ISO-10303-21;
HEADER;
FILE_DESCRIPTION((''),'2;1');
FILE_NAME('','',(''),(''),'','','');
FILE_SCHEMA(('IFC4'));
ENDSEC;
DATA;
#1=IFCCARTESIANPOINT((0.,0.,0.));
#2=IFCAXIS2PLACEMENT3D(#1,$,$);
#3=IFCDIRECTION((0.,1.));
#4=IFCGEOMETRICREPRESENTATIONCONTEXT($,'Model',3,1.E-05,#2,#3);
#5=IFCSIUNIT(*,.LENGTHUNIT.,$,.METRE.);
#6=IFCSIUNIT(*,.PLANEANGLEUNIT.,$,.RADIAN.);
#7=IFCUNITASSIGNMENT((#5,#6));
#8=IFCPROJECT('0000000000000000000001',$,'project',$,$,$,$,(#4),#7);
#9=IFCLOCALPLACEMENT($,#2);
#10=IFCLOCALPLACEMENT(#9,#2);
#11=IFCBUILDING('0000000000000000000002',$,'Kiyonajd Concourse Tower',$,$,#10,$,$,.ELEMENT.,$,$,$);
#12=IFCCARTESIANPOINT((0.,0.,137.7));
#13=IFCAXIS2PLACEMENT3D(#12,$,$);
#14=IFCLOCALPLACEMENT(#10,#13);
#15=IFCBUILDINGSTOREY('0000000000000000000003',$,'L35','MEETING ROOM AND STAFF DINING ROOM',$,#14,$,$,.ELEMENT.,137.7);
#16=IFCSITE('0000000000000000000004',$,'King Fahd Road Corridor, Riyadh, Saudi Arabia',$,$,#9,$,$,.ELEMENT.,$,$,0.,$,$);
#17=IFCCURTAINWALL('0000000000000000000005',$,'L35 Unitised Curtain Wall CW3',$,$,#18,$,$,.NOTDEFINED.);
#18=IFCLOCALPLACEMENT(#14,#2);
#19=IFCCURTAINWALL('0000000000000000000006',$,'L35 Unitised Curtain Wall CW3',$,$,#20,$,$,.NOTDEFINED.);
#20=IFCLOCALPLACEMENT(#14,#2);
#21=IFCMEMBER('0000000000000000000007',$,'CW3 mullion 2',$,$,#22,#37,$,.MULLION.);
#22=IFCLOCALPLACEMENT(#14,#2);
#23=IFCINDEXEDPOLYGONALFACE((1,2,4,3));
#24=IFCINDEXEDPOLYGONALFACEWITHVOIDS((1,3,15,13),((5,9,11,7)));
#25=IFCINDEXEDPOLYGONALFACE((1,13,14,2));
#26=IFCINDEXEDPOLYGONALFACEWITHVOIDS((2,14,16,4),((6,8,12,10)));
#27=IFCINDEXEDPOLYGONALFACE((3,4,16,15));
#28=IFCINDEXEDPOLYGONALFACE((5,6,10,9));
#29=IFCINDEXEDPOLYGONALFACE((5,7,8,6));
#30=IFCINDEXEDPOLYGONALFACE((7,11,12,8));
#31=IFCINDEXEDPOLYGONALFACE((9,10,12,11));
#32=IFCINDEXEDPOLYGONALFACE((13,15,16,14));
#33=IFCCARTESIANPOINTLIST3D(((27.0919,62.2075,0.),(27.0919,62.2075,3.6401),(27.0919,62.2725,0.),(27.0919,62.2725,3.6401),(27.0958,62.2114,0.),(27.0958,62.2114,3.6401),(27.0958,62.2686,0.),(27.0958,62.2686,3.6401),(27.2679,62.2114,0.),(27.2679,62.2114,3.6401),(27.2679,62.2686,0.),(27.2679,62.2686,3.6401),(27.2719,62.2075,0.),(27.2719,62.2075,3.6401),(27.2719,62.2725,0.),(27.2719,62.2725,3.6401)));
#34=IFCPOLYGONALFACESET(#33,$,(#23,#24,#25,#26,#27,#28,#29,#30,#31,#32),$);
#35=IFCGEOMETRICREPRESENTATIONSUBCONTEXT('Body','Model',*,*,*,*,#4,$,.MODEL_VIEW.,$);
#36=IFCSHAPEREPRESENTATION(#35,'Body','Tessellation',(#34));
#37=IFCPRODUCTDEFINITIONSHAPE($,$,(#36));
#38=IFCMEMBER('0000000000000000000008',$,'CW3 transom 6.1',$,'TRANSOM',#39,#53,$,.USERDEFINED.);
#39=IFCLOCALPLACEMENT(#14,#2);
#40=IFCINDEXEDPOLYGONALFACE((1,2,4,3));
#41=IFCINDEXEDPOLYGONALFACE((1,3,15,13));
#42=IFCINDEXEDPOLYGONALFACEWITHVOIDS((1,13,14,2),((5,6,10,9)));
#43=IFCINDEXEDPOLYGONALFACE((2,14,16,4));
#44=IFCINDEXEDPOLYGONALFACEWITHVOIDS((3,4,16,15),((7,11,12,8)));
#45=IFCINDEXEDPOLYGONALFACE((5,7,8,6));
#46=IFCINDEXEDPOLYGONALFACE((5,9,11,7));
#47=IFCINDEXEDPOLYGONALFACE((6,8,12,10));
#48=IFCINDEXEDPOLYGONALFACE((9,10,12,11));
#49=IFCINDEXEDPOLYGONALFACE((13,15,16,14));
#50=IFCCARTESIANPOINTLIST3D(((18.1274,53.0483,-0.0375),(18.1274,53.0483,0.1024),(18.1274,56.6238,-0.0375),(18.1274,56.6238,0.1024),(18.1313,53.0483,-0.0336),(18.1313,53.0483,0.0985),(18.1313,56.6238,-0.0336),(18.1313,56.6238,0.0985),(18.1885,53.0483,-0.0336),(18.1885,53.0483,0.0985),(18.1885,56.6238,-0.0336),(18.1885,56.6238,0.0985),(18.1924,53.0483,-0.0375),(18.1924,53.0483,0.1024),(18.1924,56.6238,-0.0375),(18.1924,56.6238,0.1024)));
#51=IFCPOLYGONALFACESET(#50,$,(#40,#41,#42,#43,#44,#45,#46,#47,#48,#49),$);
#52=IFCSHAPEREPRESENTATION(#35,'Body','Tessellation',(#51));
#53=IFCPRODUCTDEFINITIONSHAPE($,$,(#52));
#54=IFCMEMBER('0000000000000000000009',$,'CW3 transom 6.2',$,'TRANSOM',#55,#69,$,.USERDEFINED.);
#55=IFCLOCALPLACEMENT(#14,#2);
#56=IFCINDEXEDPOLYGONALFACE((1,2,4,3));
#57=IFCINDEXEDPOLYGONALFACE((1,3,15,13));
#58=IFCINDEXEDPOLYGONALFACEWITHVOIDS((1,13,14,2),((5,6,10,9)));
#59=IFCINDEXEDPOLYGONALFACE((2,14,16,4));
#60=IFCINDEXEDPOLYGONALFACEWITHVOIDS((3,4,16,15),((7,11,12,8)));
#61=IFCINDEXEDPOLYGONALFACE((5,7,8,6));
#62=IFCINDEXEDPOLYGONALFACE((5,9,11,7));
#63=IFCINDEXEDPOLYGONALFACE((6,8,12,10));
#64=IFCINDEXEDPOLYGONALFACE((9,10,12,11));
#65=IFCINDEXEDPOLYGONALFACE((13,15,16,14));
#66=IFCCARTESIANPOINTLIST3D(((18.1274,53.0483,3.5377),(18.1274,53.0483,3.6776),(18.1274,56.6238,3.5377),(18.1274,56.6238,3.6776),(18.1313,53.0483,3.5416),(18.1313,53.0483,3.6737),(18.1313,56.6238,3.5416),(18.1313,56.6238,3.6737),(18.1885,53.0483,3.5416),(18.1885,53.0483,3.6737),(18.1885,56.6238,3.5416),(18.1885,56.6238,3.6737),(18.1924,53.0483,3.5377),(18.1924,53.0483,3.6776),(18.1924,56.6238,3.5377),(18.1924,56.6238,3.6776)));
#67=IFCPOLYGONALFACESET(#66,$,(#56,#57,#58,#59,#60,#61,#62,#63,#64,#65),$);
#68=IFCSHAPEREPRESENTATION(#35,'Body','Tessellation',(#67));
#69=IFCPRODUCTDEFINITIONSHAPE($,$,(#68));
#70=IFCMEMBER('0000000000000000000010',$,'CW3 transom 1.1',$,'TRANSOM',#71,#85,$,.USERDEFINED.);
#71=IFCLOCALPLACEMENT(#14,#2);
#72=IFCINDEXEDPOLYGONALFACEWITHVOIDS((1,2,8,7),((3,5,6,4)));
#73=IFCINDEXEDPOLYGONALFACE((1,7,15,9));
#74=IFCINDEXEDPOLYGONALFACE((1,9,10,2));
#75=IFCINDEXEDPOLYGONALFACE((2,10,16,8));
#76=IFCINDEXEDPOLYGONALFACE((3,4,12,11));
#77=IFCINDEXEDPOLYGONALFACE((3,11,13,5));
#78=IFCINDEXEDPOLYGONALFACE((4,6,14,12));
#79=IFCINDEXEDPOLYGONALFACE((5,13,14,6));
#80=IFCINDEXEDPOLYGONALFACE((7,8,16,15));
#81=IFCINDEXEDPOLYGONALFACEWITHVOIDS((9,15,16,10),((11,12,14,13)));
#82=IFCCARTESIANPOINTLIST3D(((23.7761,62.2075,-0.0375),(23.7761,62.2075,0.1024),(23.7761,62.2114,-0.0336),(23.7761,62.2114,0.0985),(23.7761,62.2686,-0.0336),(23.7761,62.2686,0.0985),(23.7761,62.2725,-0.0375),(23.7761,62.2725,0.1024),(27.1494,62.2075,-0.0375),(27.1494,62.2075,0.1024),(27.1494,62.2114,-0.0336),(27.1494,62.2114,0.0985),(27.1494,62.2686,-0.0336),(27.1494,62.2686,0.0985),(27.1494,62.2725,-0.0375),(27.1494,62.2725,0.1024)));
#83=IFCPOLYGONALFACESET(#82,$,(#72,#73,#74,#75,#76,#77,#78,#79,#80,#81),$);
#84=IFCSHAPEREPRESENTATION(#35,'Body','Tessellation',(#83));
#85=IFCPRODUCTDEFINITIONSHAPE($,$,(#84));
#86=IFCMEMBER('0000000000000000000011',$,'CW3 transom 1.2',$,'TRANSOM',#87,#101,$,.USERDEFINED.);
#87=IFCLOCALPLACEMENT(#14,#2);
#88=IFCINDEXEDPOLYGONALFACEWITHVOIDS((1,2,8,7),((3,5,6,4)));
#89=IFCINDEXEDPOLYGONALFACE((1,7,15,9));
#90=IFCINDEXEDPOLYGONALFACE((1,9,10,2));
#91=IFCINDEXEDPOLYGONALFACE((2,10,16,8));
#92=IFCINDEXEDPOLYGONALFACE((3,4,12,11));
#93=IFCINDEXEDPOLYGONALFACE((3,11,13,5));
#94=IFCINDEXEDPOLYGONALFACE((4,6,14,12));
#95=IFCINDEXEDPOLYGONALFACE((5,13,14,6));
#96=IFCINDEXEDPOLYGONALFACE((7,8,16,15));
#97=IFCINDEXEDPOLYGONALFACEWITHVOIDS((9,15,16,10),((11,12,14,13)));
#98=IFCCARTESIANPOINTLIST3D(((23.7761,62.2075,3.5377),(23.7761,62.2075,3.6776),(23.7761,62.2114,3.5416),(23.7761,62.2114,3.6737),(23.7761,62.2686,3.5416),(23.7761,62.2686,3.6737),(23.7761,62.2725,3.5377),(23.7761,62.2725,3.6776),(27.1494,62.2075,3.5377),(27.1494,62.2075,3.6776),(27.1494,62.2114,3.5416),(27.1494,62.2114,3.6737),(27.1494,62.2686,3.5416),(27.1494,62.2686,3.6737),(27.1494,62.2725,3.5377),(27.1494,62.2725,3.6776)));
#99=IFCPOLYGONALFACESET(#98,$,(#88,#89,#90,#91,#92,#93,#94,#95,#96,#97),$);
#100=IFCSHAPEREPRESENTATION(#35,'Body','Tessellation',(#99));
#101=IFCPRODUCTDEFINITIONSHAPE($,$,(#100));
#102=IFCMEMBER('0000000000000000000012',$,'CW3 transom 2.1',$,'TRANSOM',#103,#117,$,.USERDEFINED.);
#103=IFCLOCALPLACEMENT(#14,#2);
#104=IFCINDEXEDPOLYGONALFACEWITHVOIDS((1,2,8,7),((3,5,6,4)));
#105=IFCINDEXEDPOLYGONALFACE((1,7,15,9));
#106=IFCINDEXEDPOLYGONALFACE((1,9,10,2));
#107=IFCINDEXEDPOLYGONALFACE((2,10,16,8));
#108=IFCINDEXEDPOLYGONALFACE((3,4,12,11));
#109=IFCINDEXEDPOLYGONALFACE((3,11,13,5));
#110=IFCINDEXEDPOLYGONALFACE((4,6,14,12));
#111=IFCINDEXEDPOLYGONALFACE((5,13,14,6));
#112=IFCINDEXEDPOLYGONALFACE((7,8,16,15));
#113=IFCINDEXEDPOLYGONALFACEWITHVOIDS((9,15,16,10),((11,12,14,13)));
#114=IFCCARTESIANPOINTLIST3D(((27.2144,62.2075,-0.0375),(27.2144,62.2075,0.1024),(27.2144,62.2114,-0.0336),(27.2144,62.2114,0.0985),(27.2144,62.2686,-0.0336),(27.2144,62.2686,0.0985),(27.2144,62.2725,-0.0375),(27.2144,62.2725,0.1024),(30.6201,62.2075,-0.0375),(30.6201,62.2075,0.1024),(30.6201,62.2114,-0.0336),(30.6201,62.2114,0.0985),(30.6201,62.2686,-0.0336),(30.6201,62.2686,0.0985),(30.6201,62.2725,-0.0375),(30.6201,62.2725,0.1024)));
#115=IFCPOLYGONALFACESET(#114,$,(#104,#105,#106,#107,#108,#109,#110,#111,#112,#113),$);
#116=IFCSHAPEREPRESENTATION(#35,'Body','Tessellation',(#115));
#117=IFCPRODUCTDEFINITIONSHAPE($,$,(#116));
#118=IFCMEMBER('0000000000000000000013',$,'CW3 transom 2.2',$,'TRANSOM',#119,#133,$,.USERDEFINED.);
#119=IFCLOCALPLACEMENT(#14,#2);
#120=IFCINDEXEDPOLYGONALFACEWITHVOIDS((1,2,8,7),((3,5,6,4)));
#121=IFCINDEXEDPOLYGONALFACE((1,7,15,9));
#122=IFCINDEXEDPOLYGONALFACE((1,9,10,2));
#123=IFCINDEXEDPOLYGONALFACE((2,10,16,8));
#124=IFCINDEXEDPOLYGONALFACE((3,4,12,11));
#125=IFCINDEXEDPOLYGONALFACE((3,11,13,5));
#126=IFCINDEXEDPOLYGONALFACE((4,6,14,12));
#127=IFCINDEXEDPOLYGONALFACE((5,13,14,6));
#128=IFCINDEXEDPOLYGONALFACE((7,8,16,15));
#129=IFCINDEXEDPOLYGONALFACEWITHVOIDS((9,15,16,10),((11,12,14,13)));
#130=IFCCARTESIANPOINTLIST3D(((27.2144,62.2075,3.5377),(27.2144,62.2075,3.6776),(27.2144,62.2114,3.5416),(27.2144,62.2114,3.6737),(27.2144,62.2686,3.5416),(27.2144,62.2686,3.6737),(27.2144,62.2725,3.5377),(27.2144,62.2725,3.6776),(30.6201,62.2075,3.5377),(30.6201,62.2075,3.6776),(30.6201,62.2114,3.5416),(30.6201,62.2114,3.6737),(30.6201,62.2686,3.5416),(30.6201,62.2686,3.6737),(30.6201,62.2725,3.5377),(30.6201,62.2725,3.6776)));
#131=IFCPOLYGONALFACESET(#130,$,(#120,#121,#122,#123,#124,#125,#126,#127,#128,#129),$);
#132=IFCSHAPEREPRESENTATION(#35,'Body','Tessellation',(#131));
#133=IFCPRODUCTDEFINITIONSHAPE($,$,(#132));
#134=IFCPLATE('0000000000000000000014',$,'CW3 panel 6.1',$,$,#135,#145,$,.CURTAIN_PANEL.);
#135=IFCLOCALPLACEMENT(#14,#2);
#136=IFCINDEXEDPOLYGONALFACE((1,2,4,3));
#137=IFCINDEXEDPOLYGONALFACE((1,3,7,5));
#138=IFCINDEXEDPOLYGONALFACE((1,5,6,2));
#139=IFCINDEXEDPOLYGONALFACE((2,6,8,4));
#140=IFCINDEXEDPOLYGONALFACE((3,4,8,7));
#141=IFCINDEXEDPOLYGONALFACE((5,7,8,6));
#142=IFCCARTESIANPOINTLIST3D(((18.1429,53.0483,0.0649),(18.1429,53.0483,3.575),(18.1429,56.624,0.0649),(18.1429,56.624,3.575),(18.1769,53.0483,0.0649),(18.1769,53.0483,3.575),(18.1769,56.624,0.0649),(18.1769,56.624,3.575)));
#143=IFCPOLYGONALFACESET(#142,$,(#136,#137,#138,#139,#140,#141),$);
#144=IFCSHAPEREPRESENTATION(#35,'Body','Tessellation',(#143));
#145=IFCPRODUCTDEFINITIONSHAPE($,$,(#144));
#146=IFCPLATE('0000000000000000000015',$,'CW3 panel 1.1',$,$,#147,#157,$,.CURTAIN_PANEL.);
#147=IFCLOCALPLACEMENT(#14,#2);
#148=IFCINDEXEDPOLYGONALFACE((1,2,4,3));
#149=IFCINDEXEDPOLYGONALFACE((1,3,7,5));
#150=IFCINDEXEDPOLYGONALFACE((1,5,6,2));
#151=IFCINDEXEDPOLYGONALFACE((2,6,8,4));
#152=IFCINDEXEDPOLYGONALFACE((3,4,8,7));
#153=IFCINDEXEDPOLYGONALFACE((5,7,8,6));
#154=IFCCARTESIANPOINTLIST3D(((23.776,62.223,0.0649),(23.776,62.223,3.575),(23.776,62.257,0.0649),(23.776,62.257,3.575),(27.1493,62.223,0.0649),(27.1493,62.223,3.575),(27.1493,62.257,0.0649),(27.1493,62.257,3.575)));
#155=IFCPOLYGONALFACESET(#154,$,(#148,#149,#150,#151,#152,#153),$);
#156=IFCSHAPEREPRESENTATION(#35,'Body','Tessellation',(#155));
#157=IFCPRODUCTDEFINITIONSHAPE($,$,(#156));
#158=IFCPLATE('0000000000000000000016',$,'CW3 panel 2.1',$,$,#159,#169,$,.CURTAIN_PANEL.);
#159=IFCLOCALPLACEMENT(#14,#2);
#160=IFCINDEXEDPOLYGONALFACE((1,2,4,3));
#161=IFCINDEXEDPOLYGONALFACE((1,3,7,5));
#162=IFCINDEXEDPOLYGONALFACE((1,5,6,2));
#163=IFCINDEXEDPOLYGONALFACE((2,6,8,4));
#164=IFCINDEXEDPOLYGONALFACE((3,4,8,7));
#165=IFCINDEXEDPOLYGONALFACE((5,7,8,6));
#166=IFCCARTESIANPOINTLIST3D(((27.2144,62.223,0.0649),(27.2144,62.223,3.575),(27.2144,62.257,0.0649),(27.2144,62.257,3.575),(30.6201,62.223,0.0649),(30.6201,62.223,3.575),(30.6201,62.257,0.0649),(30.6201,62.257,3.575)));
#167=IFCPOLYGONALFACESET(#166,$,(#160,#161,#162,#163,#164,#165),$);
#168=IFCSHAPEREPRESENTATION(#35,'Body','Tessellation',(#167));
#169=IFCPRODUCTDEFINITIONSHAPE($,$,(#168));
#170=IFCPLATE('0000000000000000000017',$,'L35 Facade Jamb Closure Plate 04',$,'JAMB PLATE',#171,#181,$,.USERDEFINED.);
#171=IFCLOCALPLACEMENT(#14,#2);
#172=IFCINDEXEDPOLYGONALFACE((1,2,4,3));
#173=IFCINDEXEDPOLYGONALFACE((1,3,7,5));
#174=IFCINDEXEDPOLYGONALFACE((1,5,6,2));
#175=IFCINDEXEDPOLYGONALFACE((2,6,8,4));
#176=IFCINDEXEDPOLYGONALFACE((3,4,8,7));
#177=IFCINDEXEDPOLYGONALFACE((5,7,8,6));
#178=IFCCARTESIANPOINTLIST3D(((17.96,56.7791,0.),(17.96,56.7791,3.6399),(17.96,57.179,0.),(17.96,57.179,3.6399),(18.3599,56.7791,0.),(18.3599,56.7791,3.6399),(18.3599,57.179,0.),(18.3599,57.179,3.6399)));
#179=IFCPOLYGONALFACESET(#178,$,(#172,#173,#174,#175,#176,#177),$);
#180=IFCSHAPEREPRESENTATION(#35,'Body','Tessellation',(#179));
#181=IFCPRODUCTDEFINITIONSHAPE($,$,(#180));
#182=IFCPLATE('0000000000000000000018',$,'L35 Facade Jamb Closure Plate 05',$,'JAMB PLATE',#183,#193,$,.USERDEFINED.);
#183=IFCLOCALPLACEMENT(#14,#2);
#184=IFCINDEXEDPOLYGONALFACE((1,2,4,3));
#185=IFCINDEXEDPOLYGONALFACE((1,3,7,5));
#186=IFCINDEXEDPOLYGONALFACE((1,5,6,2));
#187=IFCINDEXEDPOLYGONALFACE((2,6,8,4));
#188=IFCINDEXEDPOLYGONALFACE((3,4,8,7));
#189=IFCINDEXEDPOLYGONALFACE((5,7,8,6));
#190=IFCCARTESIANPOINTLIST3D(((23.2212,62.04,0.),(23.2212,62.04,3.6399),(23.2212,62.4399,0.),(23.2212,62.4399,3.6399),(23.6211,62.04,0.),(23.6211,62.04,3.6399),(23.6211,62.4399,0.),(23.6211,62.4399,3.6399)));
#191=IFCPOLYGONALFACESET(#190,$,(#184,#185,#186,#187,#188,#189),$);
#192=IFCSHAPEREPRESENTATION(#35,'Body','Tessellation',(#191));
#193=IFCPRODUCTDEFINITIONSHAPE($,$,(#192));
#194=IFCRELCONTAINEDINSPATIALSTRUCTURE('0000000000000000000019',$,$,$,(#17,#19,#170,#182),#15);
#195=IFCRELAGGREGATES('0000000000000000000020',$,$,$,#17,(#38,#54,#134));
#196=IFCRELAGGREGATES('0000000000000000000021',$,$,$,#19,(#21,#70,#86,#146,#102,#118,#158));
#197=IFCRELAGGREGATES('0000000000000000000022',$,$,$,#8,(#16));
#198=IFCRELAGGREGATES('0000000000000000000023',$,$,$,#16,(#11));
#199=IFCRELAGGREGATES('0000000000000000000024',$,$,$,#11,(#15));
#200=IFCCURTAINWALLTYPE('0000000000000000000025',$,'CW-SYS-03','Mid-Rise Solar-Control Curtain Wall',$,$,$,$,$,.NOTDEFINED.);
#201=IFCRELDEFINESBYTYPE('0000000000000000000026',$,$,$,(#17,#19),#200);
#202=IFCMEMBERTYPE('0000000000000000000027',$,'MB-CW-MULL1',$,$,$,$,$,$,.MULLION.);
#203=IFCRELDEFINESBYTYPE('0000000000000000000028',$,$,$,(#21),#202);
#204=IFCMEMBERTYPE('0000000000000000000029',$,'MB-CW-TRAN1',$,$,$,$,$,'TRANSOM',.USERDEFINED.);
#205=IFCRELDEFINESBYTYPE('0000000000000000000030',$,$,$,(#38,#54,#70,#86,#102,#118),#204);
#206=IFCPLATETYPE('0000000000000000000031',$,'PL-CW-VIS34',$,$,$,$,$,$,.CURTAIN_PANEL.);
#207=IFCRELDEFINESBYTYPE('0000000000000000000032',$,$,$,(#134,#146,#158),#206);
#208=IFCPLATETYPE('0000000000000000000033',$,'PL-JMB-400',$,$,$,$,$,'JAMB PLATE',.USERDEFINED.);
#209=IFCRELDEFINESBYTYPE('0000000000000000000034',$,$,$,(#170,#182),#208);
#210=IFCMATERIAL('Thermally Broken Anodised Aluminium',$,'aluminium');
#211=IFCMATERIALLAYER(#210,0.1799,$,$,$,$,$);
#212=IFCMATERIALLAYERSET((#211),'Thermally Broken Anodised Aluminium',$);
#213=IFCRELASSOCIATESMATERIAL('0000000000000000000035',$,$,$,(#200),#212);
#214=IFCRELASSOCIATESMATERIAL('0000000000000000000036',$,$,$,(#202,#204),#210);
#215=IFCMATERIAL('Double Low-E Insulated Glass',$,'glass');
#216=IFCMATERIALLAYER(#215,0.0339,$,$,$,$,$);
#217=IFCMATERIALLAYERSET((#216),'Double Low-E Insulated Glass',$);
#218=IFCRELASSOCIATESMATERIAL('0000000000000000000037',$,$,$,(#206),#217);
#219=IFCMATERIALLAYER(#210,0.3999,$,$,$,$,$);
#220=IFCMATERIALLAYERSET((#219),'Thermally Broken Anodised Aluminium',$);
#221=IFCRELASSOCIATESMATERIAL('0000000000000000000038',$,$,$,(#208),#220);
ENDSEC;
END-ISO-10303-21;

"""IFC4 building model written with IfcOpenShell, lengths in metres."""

from ifc_helpers import new_model, si_unit, direction, frame, origin, origin_2d, place, context, subcontext, project, spatial, rectangle, hollow_rectangle, extrude, material, layer, layer_set, material_profile, profile_set, type_object, element, aggregate, save


model = new_model("IFC4")

# Units and contexts
model_context = context("Model", 3, precision=1e-05, world=origin(), true_north=direction((0.0, 1.0)))
body_context = subcontext(model_context, "Body", "Model", "MODEL_VIEW")
ifc_project = project(units=[si_unit("LENGTHUNIT", "METRE"), si_unit("PLANEANGLEUNIT", "RADIAN")], contexts=[model_context])

# Site, building, storey
site_placement = place(None, origin())
site = spatial("IfcSite", under=ifc_project, at=site_placement, Name="King Fahd Road Corridor, Riyadh, Saudi Arabia", CompositionType="ELEMENT", RefElevation=0.0)
building_placement = place(site_placement, origin())
building = spatial("IfcBuilding", under=site, at=building_placement, Name="Kiyonajd Concourse Tower", CompositionType="ELEMENT")
storey_placement = place(building_placement, frame((0.0, 0.0, 137.7)))
storey = spatial("IfcBuildingStorey", under=building, at=storey_placement, Name="L35", Description="MEETING ROOM AND STAFF DINING ROOM", CompositionType="ELEMENT", Elevation=137.7)

# Curtain walls, member
ifc_material_1 = material(Name="Thermally Broken Anodised Aluminium", Category="aluminium")
ifc_layer_1 = layer(ifc_material_1, 0.1799)
ifc_layer_set_1 = layer_set([ifc_layer_1], Name="Thermally Broken Anodised Aluminium")
curtain_wall_type = type_object("IfcCurtainWallType", Name="CW-SYS-03", Description="Mid-Rise Solar-Control Curtain Wall", PredefinedType="NOTDEFINED", material=ifc_layer_set_1)
curtain_wall_1_placement = place(storey_placement, origin())
curtain_wall_1 = element("IfcCurtainWall", 1, at=curtain_wall_1_placement, inside=storey, type_object=curtain_wall_type, Name="L35 Unitised Curtain Wall CW3", PredefinedType="NOTDEFINED")
ifc_material_profile_1 = material_profile(ifc_material_1, hollow_rectangle(XDim=0.0649, YDim=0.1799, WallThickness=0.0039, at=origin_2d()), Name="MULL-65x180")
ifc_profile_set_1 = profile_set([ifc_material_profile_1], Name="Thermally Broken Anodised Aluminium")
member_type_1 = type_object("IfcMemberType", Name="MB-CW-MULL1", PredefinedType="MULLION", material=ifc_profile_set_1)
curtain_wall_2_placement = place(storey_placement, origin())
curtain_wall_2 = element("IfcCurtainWall", 2, at=curtain_wall_2_placement, inside=storey, type_object=curtain_wall_type, Name="L35 Unitised Curtain Wall CW3", PredefinedType="NOTDEFINED")
member_1_placement = place(storey_placement, frame((27.1819, 62.24, 0.0), z_axis=(0.0, 0.0, 1.0), x_axis=(0.0, 1.0, 0.0)))
member_1 = element("IfcMember", 3, at=member_1_placement, type_object=member_type_1, Name="CW3 mullion 2", PredefinedType="MULLION", context=body_context, shape_type="SweptSolid", body=[
    extrude(hollow_rectangle(XDim=0.0649, YDim=0.1799, WallThickness=0.0039, at=origin_2d()), origin(), (0.0, 0.0, 1.0), 3.6401),
])

# Members
ifc_material_profile_2 = material_profile(ifc_material_1, hollow_rectangle(XDim=0.0649, YDim=0.1399, WallThickness=0.0039, at=origin_2d()), Name="TRAN-65x140")
ifc_profile_set_2 = profile_set([ifc_material_profile_2], Name="Thermally Broken Anodised Aluminium")
member_type_2 = type_object("IfcMemberType", Name="MB-CW-TRAN1", ElementType="TRANSOM", PredefinedType="USERDEFINED", material=ifc_profile_set_2)
member_2_placement = place(storey_placement, frame((18.1599, 53.0483, 0.0325), z_axis=(0.0, 1.0, 0.0), x_axis=(-1.0, 0.0, 0.0)))
member_2 = element("IfcMember", 4, at=member_2_placement, type_object=member_type_2, Name="CW3 transom 6.1", ObjectType="TRANSOM", PredefinedType="USERDEFINED", context=body_context, shape_type="SweptSolid", body=[
    extrude(hollow_rectangle(XDim=0.0649, YDim=0.1399, WallThickness=0.0039, at=origin_2d()), origin(), (0.0, 0.0, 1.0), 3.5754),
])
member_3_placement = place(storey_placement, frame((18.1599, 53.0483, 3.6077), z_axis=(0.0, 1.0, 0.0), x_axis=(-1.0, 0.0, 0.0)))
member_3 = element("IfcMember", 5, at=member_3_placement, type_object=member_type_2, Name="CW3 transom 6.2", ObjectType="TRANSOM", PredefinedType="USERDEFINED", context=body_context, shape_type="SweptSolid", body=[
    extrude(hollow_rectangle(XDim=0.0649, YDim=0.1399, WallThickness=0.0039, at=origin_2d()), origin(), (0.0, 0.0, 1.0), 3.5754),
])
member_4_placement = place(storey_placement, frame((23.7761, 62.24, 0.0325), z_axis=(1.0, 0.0, 0.0), x_axis=(0.0, 1.0, 0.0)))
member_4 = element("IfcMember", 6, at=member_4_placement, type_object=member_type_2, Name="CW3 transom 1.1", ObjectType="TRANSOM", PredefinedType="USERDEFINED", context=body_context, shape_type="SweptSolid", body=[
    extrude(hollow_rectangle(XDim=0.0649, YDim=0.1399, WallThickness=0.0039, at=origin_2d()), origin(), (0.0, 0.0, 1.0), 3.3733),
])
member_5_placement = place(storey_placement, frame((23.7761, 62.24, 3.6077), z_axis=(1.0, 0.0, 0.0), x_axis=(0.0, 1.0, 0.0)))
member_5 = element("IfcMember", 7, at=member_5_placement, type_object=member_type_2, Name="CW3 transom 1.2", ObjectType="TRANSOM", PredefinedType="USERDEFINED", context=body_context, shape_type="SweptSolid", body=[
    extrude(hollow_rectangle(XDim=0.0649, YDim=0.1399, WallThickness=0.0039, at=origin_2d()), origin(), (0.0, 0.0, 1.0), 3.3733),
])
member_6_placement = place(storey_placement, frame((27.2144, 62.24, 0.0325), z_axis=(1.0, 0.0, 0.0), x_axis=(0.0, 1.0, 0.0)))
member_6 = element("IfcMember", 8, at=member_6_placement, type_object=member_type_2, Name="CW3 transom 2.1", ObjectType="TRANSOM", PredefinedType="USERDEFINED", context=body_context, shape_type="SweptSolid", body=[
    extrude(hollow_rectangle(XDim=0.0649, YDim=0.1399, WallThickness=0.0039, at=origin_2d()), origin(), (0.0, 0.0, 1.0), 3.4058),
])
member_7_placement = place(storey_placement, frame((27.2144, 62.24, 3.6077), z_axis=(1.0, 0.0, 0.0), x_axis=(0.0, 1.0, 0.0)))
member_7 = element("IfcMember", 9, at=member_7_placement, type_object=member_type_2, Name="CW3 transom 2.2", ObjectType="TRANSOM", PredefinedType="USERDEFINED", context=body_context, shape_type="SweptSolid", body=[
    extrude(hollow_rectangle(XDim=0.0649, YDim=0.1399, WallThickness=0.0039, at=origin_2d()), origin(), (0.0, 0.0, 1.0), 3.4058),
])

# Plates
ifc_material_2 = material(Name="Double Low-E Insulated Glass", Category="glass")
ifc_layer_2 = layer(ifc_material_2, 0.0339)
ifc_layer_set_2 = layer_set([ifc_layer_2], Name="Double Low-E Insulated Glass")
plate_type_1 = type_object("IfcPlateType", Name="PL-CW-VIS34", PredefinedType="CURTAIN_PANEL", material=ifc_layer_set_2)
plate_1_placement = place(storey_placement, frame((18.1599, 54.8362, 0.0649), z_axis=(0.0, 0.0, 1.0), x_axis=(0.0, 1.0, 0.0)))
plate_1 = element("IfcPlate", 10, at=plate_1_placement, type_object=plate_type_1, Name="CW3 panel 6.1", PredefinedType="CURTAIN_PANEL", context=body_context, shape_type="SweptSolid", body=[
    extrude(rectangle(XDim=3.5757, YDim=0.0339, at=origin_2d()), origin(), (0.0, 0.0, 1.0), 3.51),
])
aggregate(curtain_wall_1, [member_2, member_3, plate_1])
plate_2_placement = place(storey_placement, frame((25.4626, 62.24, 0.0649), z_axis=(0.0, 0.0, 1.0), x_axis=(1.0, 0.0, 0.0)))
plate_2 = element("IfcPlate", 11, at=plate_2_placement, type_object=plate_type_1, Name="CW3 panel 1.1", PredefinedType="CURTAIN_PANEL", context=body_context, shape_type="SweptSolid", body=[
    extrude(rectangle(XDim=3.3733, YDim=0.0339, at=origin_2d()), origin(), (0.0, 0.0, 1.0), 3.51),
])
plate_3_placement = place(storey_placement, frame((28.9172, 62.24, 0.0649), z_axis=(0.0, 0.0, 1.0), x_axis=(1.0, 0.0, 0.0)))
plate_3 = element("IfcPlate", 12, at=plate_3_placement, type_object=plate_type_1, Name="CW3 panel 2.1", PredefinedType="CURTAIN_PANEL", context=body_context, shape_type="SweptSolid", body=[
    extrude(rectangle(XDim=3.4058, YDim=0.0339, at=origin_2d()), origin(), (0.0, 0.0, 1.0), 3.51),
])
aggregate(curtain_wall_2, [member_1, member_4, member_5, plate_2, member_6, member_7, plate_3])

# Plates
ifc_layer_3 = layer(ifc_material_1, 0.3999)
ifc_layer_set_3 = layer_set([ifc_layer_3], Name="Thermally Broken Anodised Aluminium")
plate_type_2 = type_object("IfcPlateType", Name="PL-JMB-400", ElementType="JAMB PLATE", PredefinedType="USERDEFINED", material=ifc_layer_set_3)
for number, where, z_axis, x_axis, name in (
    (13, (18.1599, 56.979, 0.0), (0.0, 0.0, 1.0), (1.0, 0.0, 0.0), "L35 Facade Jamb Closure Plate 04"),
    (14, (23.4211, 62.24, 0.0), (0.0, 0.0, 1.0), (1.0, 0.0, 0.0), "L35 Facade Jamb Closure Plate 05"),
):
    element("IfcPlate", number, at=place(storey_placement, frame(where, z_axis=z_axis, x_axis=x_axis)), inside=storey, type_object=plate_type_2, Name=name, ObjectType="JAMB PLATE", PredefinedType="USERDEFINED", context=body_context, shape_type="SweptSolid", body=[
        extrude(rectangle(XDim=0.3999, YDim=0.3999, at=origin_2d()), origin(), (0.0, 0.0, 1.0), 3.6399),
    ])

save(model, "model.ifc")
